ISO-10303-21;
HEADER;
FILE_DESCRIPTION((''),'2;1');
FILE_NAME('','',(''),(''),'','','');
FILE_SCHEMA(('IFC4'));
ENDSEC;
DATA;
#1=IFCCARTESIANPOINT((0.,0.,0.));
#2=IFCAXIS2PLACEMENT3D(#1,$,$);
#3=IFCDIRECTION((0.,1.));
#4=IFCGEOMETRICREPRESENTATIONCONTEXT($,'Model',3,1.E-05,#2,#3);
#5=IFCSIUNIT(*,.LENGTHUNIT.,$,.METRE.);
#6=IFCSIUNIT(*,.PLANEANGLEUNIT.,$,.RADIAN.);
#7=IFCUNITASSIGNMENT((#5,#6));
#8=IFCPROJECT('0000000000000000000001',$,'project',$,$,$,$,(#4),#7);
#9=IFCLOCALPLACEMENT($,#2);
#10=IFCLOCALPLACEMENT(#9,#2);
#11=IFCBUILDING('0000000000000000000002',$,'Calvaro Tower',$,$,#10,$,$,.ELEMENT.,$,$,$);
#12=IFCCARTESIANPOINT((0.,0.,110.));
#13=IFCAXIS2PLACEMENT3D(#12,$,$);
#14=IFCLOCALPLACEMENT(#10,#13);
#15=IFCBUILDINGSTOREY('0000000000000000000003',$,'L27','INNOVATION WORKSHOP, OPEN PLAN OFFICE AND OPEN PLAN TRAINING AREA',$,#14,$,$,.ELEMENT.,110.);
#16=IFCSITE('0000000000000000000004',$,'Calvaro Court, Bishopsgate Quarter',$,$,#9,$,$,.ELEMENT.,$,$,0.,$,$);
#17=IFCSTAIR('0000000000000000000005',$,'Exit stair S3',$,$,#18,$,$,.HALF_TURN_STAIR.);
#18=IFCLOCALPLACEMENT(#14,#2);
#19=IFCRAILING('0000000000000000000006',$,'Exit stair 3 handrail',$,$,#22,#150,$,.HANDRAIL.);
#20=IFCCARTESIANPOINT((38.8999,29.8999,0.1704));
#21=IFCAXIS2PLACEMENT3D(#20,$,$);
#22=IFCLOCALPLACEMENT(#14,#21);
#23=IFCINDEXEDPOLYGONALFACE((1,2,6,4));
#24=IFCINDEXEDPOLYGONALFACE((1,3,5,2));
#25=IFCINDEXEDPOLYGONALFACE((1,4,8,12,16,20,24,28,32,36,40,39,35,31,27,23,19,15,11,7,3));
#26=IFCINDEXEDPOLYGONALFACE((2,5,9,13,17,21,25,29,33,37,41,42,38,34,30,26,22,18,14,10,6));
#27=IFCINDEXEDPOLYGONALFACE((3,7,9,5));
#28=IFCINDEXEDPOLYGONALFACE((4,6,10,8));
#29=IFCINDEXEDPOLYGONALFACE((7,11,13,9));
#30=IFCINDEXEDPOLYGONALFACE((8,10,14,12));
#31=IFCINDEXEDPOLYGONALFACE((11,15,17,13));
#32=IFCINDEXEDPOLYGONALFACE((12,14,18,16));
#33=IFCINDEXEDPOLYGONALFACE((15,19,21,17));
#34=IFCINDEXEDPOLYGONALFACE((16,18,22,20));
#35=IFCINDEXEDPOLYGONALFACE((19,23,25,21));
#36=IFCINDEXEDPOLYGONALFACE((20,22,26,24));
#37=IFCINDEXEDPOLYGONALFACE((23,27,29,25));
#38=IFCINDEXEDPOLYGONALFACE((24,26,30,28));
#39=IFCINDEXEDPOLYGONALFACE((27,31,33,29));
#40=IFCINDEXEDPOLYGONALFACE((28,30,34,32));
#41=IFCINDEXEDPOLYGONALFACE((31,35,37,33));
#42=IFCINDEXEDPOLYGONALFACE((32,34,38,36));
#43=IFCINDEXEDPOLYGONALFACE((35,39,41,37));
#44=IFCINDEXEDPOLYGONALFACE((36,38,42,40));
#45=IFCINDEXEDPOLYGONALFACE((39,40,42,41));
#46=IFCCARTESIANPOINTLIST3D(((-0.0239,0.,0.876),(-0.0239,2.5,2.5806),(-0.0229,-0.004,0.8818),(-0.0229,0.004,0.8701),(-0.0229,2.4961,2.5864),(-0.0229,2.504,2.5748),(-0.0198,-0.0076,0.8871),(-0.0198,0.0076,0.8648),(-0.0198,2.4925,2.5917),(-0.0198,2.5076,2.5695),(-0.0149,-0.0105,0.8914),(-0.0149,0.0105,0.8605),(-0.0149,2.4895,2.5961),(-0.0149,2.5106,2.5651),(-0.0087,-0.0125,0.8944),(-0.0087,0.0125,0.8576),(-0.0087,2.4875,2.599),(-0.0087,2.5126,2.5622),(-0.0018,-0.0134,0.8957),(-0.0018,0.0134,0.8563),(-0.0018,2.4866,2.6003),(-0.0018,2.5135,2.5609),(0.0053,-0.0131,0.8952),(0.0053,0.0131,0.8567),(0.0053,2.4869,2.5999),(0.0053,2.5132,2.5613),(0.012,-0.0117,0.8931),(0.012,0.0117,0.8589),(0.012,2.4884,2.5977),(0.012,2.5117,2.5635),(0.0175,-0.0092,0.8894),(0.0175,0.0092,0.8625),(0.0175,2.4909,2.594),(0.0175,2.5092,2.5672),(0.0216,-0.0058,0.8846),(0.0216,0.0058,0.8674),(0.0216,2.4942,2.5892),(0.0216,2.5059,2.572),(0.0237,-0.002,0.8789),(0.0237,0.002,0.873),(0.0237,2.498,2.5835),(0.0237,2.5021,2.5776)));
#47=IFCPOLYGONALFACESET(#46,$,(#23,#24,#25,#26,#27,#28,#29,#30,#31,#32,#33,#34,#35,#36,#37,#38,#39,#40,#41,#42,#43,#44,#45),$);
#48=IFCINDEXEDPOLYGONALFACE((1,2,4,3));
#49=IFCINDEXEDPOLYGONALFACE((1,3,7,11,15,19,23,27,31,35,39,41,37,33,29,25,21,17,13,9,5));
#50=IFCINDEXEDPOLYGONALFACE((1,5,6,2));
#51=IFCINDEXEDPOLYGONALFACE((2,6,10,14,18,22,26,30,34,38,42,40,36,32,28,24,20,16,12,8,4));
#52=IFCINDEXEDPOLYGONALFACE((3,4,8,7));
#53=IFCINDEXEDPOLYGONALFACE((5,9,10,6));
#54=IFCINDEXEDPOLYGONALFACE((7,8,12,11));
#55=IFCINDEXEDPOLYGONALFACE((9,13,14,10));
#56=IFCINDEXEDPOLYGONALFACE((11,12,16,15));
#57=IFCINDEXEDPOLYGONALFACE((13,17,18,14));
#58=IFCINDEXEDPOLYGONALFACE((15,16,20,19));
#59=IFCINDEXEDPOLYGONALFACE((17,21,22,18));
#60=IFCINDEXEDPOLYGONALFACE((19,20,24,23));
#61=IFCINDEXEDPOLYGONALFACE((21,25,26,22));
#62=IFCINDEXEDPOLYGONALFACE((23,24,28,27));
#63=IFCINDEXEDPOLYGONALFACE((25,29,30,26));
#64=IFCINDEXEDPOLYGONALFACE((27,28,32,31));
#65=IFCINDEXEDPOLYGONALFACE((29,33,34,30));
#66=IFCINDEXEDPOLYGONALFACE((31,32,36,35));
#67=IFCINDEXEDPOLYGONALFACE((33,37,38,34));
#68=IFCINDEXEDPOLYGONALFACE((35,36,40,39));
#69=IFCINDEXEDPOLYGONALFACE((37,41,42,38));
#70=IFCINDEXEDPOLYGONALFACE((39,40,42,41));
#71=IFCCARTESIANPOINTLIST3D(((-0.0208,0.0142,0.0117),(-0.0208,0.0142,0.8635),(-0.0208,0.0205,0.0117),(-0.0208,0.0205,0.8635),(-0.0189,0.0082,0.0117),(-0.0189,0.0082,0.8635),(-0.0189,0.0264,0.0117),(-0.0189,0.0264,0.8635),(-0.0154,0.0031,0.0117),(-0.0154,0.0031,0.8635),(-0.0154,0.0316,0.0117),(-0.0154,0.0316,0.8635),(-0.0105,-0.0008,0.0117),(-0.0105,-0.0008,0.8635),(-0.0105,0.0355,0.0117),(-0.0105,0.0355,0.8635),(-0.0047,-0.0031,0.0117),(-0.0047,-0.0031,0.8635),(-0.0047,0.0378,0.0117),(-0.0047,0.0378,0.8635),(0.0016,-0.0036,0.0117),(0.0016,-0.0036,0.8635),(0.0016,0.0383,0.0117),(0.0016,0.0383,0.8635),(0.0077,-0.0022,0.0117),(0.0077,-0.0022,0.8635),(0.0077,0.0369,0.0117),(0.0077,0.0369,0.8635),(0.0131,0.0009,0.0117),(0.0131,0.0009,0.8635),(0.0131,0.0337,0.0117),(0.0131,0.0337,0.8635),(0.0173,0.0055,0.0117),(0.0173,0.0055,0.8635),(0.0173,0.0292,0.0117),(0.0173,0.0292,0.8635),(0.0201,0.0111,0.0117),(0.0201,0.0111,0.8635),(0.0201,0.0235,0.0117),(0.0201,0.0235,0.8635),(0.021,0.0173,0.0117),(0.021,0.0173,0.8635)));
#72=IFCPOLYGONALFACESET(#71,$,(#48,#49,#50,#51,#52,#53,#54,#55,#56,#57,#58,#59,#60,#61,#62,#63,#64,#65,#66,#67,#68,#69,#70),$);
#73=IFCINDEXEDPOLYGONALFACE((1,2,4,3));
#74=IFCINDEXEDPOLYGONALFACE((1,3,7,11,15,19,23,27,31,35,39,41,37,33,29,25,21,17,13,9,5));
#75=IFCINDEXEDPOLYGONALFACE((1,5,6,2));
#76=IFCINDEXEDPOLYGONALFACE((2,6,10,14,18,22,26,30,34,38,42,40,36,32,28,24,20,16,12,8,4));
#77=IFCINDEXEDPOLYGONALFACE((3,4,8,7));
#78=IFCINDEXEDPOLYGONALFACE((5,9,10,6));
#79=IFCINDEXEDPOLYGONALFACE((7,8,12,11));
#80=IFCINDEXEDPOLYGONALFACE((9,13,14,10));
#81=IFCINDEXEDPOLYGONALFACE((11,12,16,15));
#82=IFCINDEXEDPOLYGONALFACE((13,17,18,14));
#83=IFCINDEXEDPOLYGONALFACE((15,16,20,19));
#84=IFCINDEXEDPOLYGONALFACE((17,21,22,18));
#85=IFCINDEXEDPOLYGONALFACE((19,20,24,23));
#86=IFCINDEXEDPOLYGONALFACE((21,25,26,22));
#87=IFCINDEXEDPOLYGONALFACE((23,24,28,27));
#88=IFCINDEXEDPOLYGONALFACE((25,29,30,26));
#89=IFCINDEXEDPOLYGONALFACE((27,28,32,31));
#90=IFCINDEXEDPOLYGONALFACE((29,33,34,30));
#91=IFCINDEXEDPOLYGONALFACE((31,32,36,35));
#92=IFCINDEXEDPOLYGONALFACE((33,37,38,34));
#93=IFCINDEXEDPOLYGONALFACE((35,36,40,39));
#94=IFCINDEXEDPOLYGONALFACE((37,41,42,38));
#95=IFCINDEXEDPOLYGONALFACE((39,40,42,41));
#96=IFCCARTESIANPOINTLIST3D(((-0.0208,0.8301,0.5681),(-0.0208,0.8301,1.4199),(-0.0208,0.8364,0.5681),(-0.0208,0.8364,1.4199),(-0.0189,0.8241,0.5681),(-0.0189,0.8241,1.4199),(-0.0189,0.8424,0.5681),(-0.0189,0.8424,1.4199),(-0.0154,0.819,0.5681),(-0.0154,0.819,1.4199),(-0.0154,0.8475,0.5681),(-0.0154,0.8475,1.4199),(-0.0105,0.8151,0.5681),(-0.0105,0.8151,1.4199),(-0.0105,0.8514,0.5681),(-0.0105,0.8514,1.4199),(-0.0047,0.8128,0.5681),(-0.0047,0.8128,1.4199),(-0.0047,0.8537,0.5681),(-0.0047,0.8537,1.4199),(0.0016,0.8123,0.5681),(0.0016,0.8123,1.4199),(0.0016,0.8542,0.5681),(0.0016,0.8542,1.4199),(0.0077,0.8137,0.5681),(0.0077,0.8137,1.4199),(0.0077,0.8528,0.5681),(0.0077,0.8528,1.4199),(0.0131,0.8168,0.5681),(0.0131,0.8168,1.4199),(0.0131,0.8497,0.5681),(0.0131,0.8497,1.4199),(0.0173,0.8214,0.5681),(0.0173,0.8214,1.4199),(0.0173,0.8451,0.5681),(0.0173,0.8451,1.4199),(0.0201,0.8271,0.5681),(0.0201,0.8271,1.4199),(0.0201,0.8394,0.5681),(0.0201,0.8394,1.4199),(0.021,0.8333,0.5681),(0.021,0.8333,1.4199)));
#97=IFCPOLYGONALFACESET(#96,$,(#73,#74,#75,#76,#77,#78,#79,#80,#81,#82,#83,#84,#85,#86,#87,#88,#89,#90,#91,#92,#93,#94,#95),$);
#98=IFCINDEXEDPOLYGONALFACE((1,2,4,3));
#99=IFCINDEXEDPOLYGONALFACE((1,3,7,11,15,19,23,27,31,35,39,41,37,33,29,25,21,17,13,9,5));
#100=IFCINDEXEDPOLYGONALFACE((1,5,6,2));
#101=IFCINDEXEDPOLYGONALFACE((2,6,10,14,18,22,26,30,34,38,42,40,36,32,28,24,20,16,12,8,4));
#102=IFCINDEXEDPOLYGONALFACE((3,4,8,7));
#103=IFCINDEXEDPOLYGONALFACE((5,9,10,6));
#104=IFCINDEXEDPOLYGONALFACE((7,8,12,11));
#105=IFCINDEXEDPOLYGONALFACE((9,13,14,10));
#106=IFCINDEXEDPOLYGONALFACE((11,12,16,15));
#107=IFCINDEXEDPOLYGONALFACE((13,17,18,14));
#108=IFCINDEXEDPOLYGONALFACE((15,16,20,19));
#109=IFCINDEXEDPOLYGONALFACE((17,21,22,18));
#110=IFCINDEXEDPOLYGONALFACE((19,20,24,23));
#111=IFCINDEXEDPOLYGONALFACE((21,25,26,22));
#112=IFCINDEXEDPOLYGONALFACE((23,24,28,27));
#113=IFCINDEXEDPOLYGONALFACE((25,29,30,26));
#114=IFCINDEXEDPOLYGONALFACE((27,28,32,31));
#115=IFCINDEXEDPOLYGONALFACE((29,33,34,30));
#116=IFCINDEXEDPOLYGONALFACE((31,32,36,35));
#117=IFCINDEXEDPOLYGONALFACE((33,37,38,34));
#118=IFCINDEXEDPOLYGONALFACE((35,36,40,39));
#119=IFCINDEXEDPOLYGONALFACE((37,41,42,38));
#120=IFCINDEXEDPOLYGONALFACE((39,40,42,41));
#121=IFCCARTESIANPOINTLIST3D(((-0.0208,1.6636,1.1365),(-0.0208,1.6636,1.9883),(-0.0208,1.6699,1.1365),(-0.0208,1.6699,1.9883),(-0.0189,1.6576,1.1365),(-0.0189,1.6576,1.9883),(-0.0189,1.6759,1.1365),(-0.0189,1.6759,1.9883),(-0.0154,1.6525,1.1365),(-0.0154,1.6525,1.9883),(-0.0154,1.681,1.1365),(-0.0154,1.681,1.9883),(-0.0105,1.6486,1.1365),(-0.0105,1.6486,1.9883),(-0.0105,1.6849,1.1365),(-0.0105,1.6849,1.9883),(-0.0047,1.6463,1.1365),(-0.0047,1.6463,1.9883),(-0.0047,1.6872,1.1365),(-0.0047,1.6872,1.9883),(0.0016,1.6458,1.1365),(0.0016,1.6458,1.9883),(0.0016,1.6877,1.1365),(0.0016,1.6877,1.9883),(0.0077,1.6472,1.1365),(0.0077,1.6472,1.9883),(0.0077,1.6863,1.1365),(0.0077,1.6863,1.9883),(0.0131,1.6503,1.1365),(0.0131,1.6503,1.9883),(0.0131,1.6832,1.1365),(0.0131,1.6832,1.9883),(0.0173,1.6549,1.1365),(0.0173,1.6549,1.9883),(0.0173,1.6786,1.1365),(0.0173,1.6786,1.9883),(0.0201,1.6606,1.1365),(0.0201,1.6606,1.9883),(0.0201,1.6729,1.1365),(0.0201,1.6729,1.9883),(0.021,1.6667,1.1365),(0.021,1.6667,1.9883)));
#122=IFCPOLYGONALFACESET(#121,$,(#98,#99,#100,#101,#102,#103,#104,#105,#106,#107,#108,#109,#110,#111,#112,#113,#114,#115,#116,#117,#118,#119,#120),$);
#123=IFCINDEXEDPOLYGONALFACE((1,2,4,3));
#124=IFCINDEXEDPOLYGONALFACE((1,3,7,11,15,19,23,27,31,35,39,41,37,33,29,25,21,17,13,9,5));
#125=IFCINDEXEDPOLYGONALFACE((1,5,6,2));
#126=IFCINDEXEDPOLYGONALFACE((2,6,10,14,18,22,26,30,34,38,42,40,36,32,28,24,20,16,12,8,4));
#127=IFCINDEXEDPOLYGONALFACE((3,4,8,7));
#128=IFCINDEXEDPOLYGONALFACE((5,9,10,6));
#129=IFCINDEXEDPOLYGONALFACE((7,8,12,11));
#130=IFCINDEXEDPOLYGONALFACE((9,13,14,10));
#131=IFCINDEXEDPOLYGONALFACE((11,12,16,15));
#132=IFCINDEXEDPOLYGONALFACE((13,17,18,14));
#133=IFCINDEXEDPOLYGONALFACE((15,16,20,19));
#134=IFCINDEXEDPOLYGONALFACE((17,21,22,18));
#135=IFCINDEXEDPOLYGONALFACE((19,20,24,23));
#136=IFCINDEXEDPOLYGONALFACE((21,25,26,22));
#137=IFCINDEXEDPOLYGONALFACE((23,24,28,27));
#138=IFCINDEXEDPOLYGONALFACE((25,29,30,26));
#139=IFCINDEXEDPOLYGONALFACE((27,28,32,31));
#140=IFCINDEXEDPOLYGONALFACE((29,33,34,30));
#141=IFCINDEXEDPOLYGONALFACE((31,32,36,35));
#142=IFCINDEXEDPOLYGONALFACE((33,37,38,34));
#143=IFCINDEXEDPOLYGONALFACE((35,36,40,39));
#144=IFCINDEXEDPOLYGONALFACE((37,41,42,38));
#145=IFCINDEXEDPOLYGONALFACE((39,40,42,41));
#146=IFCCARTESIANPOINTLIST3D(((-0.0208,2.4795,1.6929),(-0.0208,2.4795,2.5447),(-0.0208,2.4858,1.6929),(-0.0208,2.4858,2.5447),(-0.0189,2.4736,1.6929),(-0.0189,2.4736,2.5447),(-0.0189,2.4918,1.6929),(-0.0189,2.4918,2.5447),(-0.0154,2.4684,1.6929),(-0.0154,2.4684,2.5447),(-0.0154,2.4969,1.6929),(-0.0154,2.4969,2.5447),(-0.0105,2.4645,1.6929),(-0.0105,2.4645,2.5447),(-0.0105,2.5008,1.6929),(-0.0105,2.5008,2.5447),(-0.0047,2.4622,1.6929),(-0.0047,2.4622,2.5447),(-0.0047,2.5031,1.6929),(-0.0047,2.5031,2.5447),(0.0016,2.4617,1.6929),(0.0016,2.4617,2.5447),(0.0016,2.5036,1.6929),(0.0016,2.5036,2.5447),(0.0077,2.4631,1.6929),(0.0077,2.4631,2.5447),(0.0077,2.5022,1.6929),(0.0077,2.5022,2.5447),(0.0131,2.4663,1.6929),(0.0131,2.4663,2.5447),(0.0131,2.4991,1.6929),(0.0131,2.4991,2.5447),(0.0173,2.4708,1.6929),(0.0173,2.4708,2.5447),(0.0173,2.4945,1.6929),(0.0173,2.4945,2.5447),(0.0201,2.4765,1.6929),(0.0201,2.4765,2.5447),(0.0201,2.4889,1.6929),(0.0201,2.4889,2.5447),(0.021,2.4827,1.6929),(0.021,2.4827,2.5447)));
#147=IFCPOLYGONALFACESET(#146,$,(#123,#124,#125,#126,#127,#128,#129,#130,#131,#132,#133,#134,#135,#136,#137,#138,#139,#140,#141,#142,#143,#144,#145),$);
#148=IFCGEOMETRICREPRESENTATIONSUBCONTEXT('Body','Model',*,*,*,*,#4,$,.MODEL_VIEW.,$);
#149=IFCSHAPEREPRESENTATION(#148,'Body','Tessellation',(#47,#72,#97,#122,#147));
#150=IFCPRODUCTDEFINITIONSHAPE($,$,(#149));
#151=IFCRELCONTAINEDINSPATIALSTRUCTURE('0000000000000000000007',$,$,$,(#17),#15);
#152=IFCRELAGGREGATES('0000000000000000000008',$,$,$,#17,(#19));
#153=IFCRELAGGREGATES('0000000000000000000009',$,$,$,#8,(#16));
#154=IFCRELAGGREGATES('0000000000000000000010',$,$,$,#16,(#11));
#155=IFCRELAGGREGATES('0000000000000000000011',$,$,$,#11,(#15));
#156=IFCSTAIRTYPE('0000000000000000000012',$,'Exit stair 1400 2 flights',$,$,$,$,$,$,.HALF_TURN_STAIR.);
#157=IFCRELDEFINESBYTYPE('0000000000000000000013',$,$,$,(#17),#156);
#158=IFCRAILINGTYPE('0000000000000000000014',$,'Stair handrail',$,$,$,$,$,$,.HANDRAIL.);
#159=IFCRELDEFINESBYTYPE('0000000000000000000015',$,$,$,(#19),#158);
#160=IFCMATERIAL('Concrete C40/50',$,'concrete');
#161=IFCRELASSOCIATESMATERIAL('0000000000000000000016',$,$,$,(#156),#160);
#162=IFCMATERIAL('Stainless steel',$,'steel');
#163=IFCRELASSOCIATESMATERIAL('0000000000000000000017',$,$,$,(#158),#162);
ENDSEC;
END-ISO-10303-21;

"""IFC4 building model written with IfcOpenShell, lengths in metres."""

from ifc_helpers import new_model, si_unit, direction, frame, origin, origin_2d, place, context, subcontext, project, spatial, circle, extrude, material, type_object, element, aggregate, save


model = new_model("IFC4")

# Units and contexts
model_context = context("Model", 3, precision=1e-05, world=origin(), true_north=direction((0.0, 1.0)))
body_context = subcontext(model_context, "Body", "Model", "MODEL_VIEW")
ifc_project = project(units=[si_unit("LENGTHUNIT", "METRE"), si_unit("PLANEANGLEUNIT", "RADIAN")], contexts=[model_context])

# Site, building, storey
site_placement = place(None, origin())
site = spatial("IfcSite", under=ifc_project, at=site_placement, Name="Calvaro Court, Bishopsgate Quarter", CompositionType="ELEMENT", RefElevation=0.0)
building_placement = place(site_placement, origin())
building = spatial("IfcBuilding", under=site, at=building_placement, Name="Calvaro Tower", CompositionType="ELEMENT")
storey_placement = place(building_placement, frame((0.0, 0.0, 110.0)))
storey = spatial("IfcBuildingStorey", under=building, at=storey_placement, Name="L27", Description="INNOVATION WORKSHOP, OPEN PLAN OFFICE AND OPEN PLAN TRAINING AREA", CompositionType="ELEMENT", Elevation=110.0)

# Stair
ifc_material_1 = material(Name="Concrete C40/50", Category="concrete")
stair_type = type_object("IfcStairType", Name="Exit stair 1400 2 flights", PredefinedType="HALF_TURN_STAIR", material=ifc_material_1)
stair_1_placement = place(storey_placement, origin())
stair_1 = element("IfcStair", 1, at=stair_1_placement, inside=storey, type_object=stair_type, Name="Exit stair S3", PredefinedType="HALF_TURN_STAIR")

# Railing
ifc_material_2 = material(Name="Stainless steel", Category="steel")
railing_type = type_object("IfcRailingType", Name="Stair handrail", PredefinedType="HANDRAIL", material=ifc_material_2)
railing_1_placement = place(storey_placement, frame((38.8999, 29.8999, 0.1704)))
railing_1 = element("IfcRailing", 2, at=railing_1_placement, type_object=railing_type, Name="Exit stair 3 handrail", PredefinedType="HANDRAIL", context=body_context, shape_type="SweptSolid", body=[
    extrude(circle(Radius=0.0239, at=origin_2d()), frame((0.0, 0.0, 0.876), z_axis=(0.0, 0.826221, 0.563347), x_axis=(-1.0, 0.0, 0.0)), (0.0, 0.0, 1.0), 3.0259),
    extrude(circle(Radius=0.021, at=origin_2d()), frame((0.0, 0.0173, 0.0117)), (0.0, 0.0, 1.0), 0.8518),
    extrude(circle(Radius=0.021, at=origin_2d()), frame((0.0, 0.8333, 0.5681)), (0.0, 0.0, 1.0), 0.8518),
    extrude(circle(Radius=0.021, at=origin_2d()), frame((0.0, 1.6667, 1.1365)), (0.0, 0.0, 1.0), 0.8518),
    extrude(circle(Radius=0.021, at=origin_2d()), frame((0.0, 2.4827, 1.6929)), (0.0, 0.0, 1.0), 0.8518),
])
aggregate(stair_1, [railing_1])

save(model, "model.ifc")
